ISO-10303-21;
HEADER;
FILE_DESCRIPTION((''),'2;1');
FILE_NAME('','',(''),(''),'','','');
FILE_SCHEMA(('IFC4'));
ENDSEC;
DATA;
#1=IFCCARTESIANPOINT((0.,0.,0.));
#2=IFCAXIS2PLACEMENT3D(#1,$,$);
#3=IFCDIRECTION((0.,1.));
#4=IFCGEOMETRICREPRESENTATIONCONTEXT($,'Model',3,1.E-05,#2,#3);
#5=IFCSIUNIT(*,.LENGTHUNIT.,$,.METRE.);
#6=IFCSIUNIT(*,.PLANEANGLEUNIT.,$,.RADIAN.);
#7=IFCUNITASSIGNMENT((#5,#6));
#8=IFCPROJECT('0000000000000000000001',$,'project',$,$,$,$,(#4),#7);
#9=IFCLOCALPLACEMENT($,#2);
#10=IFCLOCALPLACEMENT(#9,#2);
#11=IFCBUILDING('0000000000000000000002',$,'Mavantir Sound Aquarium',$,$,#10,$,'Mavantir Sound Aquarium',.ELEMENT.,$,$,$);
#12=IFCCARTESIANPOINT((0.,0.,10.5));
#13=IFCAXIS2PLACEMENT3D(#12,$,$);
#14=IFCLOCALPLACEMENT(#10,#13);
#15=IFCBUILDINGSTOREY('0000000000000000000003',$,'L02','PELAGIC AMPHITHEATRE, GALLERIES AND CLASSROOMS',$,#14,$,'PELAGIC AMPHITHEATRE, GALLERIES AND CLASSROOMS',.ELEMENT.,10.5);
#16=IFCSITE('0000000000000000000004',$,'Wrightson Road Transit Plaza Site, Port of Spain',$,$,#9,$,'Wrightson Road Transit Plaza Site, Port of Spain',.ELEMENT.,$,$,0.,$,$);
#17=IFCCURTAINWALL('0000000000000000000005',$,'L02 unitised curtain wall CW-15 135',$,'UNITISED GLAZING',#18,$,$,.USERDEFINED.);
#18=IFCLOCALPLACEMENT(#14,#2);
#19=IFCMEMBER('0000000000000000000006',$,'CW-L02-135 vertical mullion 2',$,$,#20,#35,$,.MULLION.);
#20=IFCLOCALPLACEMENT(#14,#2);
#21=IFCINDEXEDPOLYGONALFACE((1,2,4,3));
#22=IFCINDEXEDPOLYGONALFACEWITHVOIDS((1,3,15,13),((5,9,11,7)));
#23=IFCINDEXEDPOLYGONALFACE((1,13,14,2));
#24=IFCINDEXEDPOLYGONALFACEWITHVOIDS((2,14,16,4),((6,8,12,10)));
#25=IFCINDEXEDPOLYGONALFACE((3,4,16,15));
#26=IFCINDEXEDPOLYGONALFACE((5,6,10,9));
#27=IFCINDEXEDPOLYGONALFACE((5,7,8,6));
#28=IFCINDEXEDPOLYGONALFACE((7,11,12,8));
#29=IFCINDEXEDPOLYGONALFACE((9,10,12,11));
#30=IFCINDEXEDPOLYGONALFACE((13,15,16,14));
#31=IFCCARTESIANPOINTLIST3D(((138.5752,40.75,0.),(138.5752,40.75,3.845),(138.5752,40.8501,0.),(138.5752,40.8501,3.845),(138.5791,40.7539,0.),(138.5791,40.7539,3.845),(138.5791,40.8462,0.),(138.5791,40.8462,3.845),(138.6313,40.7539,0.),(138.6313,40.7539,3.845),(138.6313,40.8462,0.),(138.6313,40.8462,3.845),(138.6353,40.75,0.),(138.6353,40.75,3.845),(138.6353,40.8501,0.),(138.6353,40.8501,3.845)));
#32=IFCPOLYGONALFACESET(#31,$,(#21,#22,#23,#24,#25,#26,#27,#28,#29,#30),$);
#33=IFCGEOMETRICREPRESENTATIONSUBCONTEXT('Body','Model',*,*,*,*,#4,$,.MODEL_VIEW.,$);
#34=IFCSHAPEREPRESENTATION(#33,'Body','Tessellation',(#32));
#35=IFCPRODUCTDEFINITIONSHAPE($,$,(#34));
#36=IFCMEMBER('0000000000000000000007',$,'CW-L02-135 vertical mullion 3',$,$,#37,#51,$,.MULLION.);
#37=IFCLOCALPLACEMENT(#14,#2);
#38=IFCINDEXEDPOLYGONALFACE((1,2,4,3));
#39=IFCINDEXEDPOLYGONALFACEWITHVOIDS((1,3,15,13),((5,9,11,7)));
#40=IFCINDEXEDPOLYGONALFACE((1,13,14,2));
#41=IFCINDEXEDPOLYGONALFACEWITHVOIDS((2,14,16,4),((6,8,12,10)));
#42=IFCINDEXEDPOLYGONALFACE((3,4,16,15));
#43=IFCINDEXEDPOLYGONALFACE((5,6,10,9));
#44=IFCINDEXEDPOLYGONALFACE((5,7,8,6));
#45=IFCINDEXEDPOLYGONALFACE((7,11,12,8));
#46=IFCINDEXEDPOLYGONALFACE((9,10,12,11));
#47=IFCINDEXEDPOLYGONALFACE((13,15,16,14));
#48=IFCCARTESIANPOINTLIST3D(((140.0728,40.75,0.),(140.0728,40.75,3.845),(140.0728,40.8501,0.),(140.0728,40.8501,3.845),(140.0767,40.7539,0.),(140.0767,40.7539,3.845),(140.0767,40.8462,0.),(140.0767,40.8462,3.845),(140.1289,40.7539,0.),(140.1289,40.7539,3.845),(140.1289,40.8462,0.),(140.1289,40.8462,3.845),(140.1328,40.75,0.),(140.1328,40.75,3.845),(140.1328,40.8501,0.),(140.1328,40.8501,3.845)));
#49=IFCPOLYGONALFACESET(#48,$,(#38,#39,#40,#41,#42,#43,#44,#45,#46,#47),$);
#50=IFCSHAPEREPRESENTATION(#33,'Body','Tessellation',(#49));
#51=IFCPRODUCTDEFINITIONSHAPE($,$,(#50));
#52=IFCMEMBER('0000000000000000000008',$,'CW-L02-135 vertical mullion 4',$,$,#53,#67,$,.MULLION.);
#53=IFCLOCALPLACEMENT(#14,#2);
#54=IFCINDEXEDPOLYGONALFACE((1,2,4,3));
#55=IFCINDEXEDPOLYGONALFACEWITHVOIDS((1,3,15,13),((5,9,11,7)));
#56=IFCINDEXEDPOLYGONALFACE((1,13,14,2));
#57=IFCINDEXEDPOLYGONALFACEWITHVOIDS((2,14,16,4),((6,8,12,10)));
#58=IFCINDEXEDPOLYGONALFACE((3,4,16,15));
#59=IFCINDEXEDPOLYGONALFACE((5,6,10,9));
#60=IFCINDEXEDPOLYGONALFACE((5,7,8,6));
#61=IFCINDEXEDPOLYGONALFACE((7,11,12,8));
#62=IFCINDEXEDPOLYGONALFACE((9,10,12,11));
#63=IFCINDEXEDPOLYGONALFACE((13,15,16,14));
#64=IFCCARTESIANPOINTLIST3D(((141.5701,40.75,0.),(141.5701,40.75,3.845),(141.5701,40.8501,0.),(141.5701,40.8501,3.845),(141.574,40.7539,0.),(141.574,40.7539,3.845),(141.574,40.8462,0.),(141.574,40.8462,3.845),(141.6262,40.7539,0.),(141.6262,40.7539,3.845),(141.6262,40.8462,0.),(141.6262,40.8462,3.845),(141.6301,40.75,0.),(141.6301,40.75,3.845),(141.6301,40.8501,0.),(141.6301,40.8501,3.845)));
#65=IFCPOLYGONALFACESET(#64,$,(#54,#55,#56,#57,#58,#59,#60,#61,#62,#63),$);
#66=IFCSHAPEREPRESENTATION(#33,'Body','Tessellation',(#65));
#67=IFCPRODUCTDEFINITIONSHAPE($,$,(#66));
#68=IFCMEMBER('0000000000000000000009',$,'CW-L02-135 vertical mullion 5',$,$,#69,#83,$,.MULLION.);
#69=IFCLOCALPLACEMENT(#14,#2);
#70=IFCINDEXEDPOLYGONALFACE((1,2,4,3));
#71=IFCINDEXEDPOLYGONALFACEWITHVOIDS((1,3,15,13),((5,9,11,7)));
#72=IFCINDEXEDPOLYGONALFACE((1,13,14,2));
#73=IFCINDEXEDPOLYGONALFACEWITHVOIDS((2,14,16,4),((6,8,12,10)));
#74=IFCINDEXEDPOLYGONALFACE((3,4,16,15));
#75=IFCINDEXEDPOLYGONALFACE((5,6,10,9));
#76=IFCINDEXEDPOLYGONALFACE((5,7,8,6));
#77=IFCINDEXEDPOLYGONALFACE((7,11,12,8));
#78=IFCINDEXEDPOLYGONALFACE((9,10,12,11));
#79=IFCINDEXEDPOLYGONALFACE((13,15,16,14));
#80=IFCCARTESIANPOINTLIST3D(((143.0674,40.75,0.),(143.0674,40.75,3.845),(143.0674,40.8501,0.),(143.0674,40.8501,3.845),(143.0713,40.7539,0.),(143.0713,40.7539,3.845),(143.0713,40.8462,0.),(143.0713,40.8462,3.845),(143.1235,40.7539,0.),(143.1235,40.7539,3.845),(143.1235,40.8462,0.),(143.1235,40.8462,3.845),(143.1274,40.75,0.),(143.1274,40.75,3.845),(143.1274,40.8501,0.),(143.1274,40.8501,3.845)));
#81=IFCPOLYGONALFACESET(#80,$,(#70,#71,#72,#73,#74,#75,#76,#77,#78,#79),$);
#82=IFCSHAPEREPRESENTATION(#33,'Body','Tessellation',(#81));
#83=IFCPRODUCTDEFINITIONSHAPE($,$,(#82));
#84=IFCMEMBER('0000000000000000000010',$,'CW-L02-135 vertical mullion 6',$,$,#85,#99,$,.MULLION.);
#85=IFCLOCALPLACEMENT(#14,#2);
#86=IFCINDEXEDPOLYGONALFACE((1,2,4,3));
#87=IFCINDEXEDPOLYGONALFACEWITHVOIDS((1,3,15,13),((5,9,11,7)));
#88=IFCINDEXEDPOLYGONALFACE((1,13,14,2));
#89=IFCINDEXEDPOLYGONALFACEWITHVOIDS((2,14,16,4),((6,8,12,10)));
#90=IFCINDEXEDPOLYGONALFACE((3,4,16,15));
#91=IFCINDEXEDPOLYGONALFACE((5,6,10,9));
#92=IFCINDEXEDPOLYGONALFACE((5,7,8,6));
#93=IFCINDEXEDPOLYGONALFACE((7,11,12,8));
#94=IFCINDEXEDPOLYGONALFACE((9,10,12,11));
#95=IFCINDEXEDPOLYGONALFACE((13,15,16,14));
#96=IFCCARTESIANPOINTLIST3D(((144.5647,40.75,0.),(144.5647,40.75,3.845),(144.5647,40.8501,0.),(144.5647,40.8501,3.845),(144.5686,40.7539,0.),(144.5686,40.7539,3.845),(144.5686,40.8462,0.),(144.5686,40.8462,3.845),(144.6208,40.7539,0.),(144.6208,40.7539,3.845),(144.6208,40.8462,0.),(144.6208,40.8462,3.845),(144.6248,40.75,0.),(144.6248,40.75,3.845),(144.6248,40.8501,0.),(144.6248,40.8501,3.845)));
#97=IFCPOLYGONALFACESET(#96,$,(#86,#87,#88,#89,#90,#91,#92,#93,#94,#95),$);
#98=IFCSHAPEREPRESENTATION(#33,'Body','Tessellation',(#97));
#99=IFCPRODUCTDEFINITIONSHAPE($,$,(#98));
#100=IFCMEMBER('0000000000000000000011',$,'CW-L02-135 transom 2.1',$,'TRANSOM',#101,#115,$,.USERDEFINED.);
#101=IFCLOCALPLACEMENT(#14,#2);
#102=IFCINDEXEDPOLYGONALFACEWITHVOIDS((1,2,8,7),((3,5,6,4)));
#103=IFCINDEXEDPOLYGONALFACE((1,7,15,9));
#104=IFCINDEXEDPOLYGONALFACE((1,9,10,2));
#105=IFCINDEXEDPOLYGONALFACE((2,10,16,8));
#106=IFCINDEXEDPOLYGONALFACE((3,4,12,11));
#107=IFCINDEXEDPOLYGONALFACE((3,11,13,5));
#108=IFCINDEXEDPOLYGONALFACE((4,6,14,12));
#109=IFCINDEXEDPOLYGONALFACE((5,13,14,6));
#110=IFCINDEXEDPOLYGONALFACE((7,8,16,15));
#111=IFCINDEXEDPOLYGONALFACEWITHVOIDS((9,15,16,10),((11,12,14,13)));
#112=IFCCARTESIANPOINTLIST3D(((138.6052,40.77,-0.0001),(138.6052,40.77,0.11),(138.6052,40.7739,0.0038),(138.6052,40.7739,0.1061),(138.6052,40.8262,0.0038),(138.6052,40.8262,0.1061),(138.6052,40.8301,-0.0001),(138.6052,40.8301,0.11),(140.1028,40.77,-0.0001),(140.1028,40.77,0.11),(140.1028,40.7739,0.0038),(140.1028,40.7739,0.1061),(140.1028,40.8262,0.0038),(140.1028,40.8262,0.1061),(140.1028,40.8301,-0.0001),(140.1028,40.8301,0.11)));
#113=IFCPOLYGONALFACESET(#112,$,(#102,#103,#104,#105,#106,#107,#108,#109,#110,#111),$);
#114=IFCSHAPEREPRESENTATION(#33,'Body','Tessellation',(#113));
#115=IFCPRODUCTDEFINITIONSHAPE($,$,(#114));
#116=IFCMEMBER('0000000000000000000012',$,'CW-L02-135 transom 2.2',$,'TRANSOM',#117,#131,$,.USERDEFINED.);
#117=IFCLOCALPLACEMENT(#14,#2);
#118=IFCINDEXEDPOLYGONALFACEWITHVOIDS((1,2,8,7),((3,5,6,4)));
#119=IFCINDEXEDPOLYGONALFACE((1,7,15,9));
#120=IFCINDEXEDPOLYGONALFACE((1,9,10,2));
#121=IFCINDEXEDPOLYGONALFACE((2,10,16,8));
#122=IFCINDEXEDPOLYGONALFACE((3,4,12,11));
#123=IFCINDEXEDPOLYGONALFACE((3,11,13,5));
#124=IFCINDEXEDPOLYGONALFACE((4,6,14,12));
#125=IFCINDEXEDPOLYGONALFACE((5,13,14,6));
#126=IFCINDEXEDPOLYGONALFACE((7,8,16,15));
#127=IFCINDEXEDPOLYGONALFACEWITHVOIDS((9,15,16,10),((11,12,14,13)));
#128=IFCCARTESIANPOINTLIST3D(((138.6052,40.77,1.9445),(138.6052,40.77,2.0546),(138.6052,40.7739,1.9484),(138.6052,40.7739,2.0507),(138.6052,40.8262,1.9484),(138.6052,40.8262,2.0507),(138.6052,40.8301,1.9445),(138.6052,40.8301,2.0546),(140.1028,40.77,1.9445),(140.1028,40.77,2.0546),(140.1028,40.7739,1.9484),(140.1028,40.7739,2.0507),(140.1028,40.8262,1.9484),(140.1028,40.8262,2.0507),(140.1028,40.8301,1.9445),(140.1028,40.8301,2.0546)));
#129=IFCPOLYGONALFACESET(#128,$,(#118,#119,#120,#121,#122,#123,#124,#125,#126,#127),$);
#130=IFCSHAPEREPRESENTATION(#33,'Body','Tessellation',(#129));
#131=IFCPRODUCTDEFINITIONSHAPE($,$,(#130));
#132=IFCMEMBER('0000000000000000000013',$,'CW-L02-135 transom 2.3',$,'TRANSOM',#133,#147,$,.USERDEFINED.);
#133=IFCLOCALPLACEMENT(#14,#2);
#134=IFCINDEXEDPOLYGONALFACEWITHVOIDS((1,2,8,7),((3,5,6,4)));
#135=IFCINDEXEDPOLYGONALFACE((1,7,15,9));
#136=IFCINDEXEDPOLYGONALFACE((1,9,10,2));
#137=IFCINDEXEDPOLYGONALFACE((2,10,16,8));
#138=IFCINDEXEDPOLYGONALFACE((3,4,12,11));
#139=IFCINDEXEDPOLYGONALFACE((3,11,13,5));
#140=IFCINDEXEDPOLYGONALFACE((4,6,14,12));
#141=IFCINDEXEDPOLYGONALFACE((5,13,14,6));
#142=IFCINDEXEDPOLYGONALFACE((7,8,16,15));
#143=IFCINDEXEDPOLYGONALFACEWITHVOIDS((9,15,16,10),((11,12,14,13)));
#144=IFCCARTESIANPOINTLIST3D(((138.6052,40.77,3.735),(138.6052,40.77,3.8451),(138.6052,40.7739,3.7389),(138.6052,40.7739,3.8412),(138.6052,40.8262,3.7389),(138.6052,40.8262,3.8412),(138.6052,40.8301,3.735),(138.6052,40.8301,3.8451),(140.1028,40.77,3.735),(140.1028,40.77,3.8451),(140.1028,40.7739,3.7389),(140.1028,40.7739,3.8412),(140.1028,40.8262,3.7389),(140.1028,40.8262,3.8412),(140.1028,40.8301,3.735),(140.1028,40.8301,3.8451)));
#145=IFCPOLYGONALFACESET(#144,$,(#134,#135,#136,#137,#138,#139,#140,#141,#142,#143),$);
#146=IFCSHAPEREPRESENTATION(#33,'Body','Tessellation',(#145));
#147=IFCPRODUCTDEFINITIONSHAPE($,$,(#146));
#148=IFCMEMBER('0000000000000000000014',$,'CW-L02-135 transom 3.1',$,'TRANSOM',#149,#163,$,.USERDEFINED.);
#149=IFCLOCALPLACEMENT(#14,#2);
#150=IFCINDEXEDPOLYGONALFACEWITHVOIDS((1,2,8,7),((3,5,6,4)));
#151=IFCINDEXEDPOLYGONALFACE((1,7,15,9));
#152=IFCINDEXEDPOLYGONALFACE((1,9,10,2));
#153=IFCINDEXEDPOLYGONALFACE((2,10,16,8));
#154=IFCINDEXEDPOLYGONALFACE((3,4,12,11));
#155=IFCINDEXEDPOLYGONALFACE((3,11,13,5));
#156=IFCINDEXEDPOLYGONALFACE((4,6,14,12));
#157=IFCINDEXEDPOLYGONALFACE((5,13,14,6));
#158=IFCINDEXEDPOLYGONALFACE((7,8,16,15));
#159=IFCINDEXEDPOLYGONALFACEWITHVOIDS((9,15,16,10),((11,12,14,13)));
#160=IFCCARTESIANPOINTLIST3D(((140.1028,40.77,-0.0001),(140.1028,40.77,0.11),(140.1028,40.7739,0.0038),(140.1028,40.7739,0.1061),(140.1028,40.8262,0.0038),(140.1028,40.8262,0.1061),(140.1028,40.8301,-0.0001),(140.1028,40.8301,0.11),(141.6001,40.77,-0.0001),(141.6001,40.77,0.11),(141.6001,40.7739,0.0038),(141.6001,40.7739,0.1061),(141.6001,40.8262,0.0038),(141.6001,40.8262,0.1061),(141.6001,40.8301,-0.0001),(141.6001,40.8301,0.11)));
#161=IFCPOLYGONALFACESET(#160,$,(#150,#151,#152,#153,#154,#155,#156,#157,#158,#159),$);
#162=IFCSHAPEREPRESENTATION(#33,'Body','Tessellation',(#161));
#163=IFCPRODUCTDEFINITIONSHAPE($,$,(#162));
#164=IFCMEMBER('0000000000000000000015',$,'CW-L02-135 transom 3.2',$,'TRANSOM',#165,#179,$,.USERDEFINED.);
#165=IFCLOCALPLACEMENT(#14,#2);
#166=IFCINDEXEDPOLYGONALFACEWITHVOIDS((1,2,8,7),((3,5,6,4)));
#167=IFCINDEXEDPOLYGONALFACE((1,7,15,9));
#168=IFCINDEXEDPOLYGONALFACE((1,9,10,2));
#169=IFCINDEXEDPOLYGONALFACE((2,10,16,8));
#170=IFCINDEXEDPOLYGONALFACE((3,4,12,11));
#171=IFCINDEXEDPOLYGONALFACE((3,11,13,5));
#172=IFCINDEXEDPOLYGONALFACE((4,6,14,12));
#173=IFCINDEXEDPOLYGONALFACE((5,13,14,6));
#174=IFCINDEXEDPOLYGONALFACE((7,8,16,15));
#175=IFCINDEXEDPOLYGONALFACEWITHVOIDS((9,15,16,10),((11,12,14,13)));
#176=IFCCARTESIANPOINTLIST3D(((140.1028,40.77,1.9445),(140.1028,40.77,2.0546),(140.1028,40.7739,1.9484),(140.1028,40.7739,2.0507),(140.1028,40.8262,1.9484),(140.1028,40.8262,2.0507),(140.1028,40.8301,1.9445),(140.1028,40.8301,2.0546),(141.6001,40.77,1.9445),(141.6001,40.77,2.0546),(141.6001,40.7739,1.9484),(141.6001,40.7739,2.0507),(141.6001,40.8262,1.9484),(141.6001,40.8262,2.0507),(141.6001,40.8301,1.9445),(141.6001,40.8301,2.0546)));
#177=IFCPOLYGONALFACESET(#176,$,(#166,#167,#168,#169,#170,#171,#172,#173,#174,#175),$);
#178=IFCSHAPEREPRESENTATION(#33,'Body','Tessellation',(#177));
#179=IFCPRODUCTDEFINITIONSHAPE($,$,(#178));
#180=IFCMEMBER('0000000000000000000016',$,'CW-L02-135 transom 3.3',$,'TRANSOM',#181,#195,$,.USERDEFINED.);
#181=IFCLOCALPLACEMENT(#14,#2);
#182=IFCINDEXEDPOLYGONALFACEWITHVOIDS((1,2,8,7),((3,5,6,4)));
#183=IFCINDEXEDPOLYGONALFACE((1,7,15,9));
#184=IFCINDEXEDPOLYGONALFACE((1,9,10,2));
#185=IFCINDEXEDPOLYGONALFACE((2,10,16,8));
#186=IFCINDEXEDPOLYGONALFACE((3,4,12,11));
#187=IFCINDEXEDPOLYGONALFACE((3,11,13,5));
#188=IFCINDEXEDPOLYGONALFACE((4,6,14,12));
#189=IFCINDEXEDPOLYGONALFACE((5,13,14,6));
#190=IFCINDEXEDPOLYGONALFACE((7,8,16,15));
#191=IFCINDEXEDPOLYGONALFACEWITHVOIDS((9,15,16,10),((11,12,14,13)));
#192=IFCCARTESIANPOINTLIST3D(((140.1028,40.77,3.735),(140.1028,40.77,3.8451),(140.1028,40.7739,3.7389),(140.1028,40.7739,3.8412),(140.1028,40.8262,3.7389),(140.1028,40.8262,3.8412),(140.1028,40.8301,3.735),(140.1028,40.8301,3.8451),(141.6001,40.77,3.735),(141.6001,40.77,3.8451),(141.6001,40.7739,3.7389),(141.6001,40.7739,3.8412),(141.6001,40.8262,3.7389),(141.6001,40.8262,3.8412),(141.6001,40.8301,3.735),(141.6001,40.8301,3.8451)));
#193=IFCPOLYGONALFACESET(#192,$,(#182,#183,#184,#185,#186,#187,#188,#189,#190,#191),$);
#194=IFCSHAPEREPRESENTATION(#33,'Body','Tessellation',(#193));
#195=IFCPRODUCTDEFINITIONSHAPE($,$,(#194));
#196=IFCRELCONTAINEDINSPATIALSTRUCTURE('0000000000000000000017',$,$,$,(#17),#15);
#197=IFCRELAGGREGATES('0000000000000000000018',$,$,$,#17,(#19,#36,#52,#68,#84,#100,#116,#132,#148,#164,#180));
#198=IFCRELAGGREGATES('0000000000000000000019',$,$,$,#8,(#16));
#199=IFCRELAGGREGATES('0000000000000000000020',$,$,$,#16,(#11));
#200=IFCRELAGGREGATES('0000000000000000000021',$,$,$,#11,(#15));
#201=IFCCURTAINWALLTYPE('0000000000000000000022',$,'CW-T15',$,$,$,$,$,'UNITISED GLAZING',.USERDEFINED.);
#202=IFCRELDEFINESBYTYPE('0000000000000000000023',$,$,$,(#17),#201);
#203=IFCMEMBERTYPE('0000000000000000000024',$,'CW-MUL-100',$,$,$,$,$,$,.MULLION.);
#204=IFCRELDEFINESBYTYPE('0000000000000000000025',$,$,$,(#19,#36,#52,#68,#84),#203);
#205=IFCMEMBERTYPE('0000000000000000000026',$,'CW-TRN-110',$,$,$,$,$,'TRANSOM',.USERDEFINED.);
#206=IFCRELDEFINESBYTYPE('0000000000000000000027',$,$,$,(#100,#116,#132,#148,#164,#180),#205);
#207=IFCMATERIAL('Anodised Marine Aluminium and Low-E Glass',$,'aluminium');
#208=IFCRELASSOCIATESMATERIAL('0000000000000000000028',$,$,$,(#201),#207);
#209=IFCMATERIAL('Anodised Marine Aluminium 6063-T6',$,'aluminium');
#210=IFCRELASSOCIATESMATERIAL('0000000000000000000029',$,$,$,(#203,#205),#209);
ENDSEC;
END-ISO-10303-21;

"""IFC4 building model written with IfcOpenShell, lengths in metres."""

from ifc_helpers import new_model, si_unit, direction, frame, origin, origin_2d, place, context, subcontext, project, spatial, hollow_rectangle, extrude, material, material_profile, profile_set, type_object, element, aggregate, save


model = new_model("IFC4")

# Units and contexts
model_context = context("Model", 3, precision=1e-05, world=origin(), true_north=direction((0.0, 1.0)))
body_context = subcontext(model_context, "Body", "Model", "MODEL_VIEW")
ifc_project = project(units=[si_unit("LENGTHUNIT", "METRE"), si_unit("PLANEANGLEUNIT", "RADIAN")], contexts=[model_context])

# Site, building, storey
site_placement = place(None, origin())
site = spatial("IfcSite", under=ifc_project, at=site_placement, Name="Wrightson Road Transit Plaza Site, Port of Spain", LongName="Wrightson Road Transit Plaza Site, Port of Spain", CompositionType="ELEMENT", RefElevation=0.0)
building_placement = place(site_placement, origin())
building = spatial("IfcBuilding", under=site, at=building_placement, Name="Mavantir Sound Aquarium", LongName="Mavantir Sound Aquarium", CompositionType="ELEMENT")
storey_placement = place(building_placement, frame((0.0, 0.0, 10.5)))
storey = spatial("IfcBuildingStorey", under=building, at=storey_placement, Name="L02", Description="PELAGIC AMPHITHEATRE, GALLERIES AND CLASSROOMS", LongName="PELAGIC AMPHITHEATRE, GALLERIES AND CLASSROOMS", CompositionType="ELEMENT", Elevation=10.5)

# Curtain wall, members
ifc_material_1 = material(Name="Anodised Marine Aluminium and Low-E Glass", Category="aluminium")
curtain_wall_type = type_object("IfcCurtainWallType", Name="CW-T15", ElementType="UNITISED GLAZING", PredefinedType="USERDEFINED", material=ifc_material_1)
curtain_wall_placement = place(storey_placement, origin())
curtain_wall = element("IfcCurtainWall", 1, at=curtain_wall_placement, inside=storey, type_object=curtain_wall_type, Name="L02 unitised curtain wall CW-15 135", ObjectType="UNITISED GLAZING", PredefinedType="USERDEFINED")
ifc_material_2 = material(Name="Anodised Marine Aluminium 6063-T6", Category="aluminium")
ifc_material_profile_1 = material_profile(ifc_material_2, hollow_rectangle(XDim=0.0601, YDim=0.1001, WallThickness=0.0039, at=origin_2d()), Name="ALU-MULLION-100X60")
ifc_profile_set_1 = profile_set([ifc_material_profile_1], Name="Anodised Marine Aluminium 6063-T6")
member_type_1 = type_object("IfcMemberType", Name="CW-MUL-100", PredefinedType="MULLION", material=ifc_profile_set_1)
member_1_placement = place(storey_placement, frame((138.6052, 40.8, 0.0), z_axis=(0.0, 0.0, 1.0), x_axis=(1.0, 0.0, 0.0)))
member_1 = element("IfcMember", 2, at=member_1_placement, type_object=member_type_1, Name="CW-L02-135 vertical mullion 2", PredefinedType="MULLION", context=body_context, shape_type="SweptSolid", body=[
    extrude(hollow_rectangle(XDim=0.0601, YDim=0.1001, WallThickness=0.0039, at=origin_2d()), origin(), (0.0, 0.0, 1.0), 3.845),
])
member_2_placement = place(storey_placement, frame((140.1028, 40.8, 0.0), z_axis=(0.0, 0.0, 1.0), x_axis=(1.0, 0.0, 0.0)))
member_2 = element("IfcMember", 3, at=member_2_placement, type_object=member_type_1, Name="CW-L02-135 vertical mullion 3", PredefinedType="MULLION", context=body_context, shape_type="SweptSolid", body=[
    extrude(hollow_rectangle(XDim=0.0601, YDim=0.1001, WallThickness=0.0039, at=origin_2d()), origin(), (0.0, 0.0, 1.0), 3.845),
])
member_3_placement = place(storey_placement, frame((141.6001, 40.8, 0.0), z_axis=(0.0, 0.0, 1.0), x_axis=(1.0, 0.0, 0.0)))
member_3 = element("IfcMember", 4, at=member_3_placement, type_object=member_type_1, Name="CW-L02-135 vertical mullion 4", PredefinedType="MULLION", context=body_context, shape_type="SweptSolid", body=[
    extrude(hollow_rectangle(XDim=0.0601, YDim=0.1001, WallThickness=0.0039, at=origin_2d()), origin(), (0.0, 0.0, 1.0), 3.845),
])
member_4_placement = place(storey_placement, frame((143.0974, 40.8, 0.0), z_axis=(0.0, 0.0, 1.0), x_axis=(1.0, 0.0, 0.0)))
member_4 = element("IfcMember", 5, at=member_4_placement, type_object=member_type_1, Name="CW-L02-135 vertical mullion 5", PredefinedType="MULLION", context=body_context, shape_type="SweptSolid", body=[
    extrude(hollow_rectangle(XDim=0.0601, YDim=0.1001, WallThickness=0.0039, at=origin_2d()), origin(), (0.0, 0.0, 1.0), 3.845),
])
member_5_placement = place(storey_placement, frame((144.5947, 40.8, 0.0), z_axis=(0.0, 0.0, 1.0), x_axis=(1.0, 0.0, 0.0)))
member_5 = element("IfcMember", 6, at=member_5_placement, type_object=member_type_1, Name="CW-L02-135 vertical mullion 6", PredefinedType="MULLION", context=body_context, shape_type="SweptSolid", body=[
    extrude(hollow_rectangle(XDim=0.0601, YDim=0.1001, WallThickness=0.0039, at=origin_2d()), origin(), (0.0, 0.0, 1.0), 3.845),
])
ifc_material_profile_2 = material_profile(ifc_material_2, hollow_rectangle(XDim=0.0601, YDim=0.1101, WallThickness=0.0039, at=origin_2d()), Name="ALU-TRANSOM-110X60")
ifc_profile_set_2 = profile_set([ifc_material_profile_2], Name="Anodised Marine Aluminium 6063-T6")
member_type_2 = type_object("IfcMemberType", Name="CW-TRN-110", ElementType="TRANSOM", PredefinedType="USERDEFINED", material=ifc_profile_set_2)
member_6_placement = place(storey_placement, frame((138.6052, 40.8, 0.0549), z_axis=(1.0, 0.0, 0.0), x_axis=(0.0, 1.0, 0.0)))
member_6 = element("IfcMember", 7, at=member_6_placement, type_object=member_type_2, Name="CW-L02-135 transom 2.1", ObjectType="TRANSOM", PredefinedType="USERDEFINED", context=body_context, shape_type="SweptSolid", body=[
    extrude(hollow_rectangle(XDim=0.0601, YDim=0.1101, WallThickness=0.0039, at=origin_2d()), origin(), (0.0, 0.0, 1.0), 1.4976),
])
member_7_placement = place(storey_placement, frame((138.6052, 40.8, 1.9995), z_axis=(1.0, 0.0, 0.0), x_axis=(0.0, 1.0, 0.0)))
member_7 = element("IfcMember", 8, at=member_7_placement, type_object=member_type_2, Name="CW-L02-135 transom 2.2", ObjectType="TRANSOM", PredefinedType="USERDEFINED", context=body_context, shape_type="SweptSolid", body=[
    extrude(hollow_rectangle(XDim=0.0601, YDim=0.1101, WallThickness=0.0039, at=origin_2d()), origin(), (0.0, 0.0, 1.0), 1.4976),
])
member_8_placement = place(storey_placement, frame((138.6052, 40.8, 3.79), z_axis=(1.0, 0.0, 0.0), x_axis=(0.0, 1.0, 0.0)))
member_8 = element("IfcMember", 9, at=member_8_placement, type_object=member_type_2, Name="CW-L02-135 transom 2.3", ObjectType="TRANSOM", PredefinedType="USERDEFINED", context=body_context, shape_type="SweptSolid", body=[
    extrude(hollow_rectangle(XDim=0.0601, YDim=0.1101, WallThickness=0.0039, at=origin_2d()), origin(), (0.0, 0.0, 1.0), 1.4976),
])
member_9_placement = place(storey_placement, frame((140.1028, 40.8, 0.0549), z_axis=(1.0, 0.0, 0.0), x_axis=(0.0, 1.0, 0.0)))
member_9 = element("IfcMember", 10, at=member_9_placement, type_object=member_type_2, Name="CW-L02-135 transom 3.1", ObjectType="TRANSOM", PredefinedType="USERDEFINED", context=body_context, shape_type="SweptSolid", body=[
    extrude(hollow_rectangle(XDim=0.0601, YDim=0.1101, WallThickness=0.0039, at=origin_2d()), origin(), (0.0, 0.0, 1.0), 1.4973),
])
member_10_placement = place(storey_placement, frame((140.1028, 40.8, 1.9995), z_axis=(1.0, 0.0, 0.0), x_axis=(0.0, 1.0, 0.0)))
member_10 = element("IfcMember", 11, at=member_10_placement, type_object=member_type_2, Name="CW-L02-135 transom 3.2", ObjectType="TRANSOM", PredefinedType="USERDEFINED", context=body_context, shape_type="SweptSolid", body=[
    extrude(hollow_rectangle(XDim=0.0601, YDim=0.1101, WallThickness=0.0039, at=origin_2d()), origin(), (0.0, 0.0, 1.0), 1.4973),
])
member_11_placement = place(storey_placement, frame((140.1028, 40.8, 3.79), z_axis=(1.0, 0.0, 0.0), x_axis=(0.0, 1.0, 0.0)))
member_11 = element("IfcMember", 12, at=member_11_placement, type_object=member_type_2, Name="CW-L02-135 transom 3.3", ObjectType="TRANSOM", PredefinedType="USERDEFINED", context=body_context, shape_type="SweptSolid", body=[
    extrude(hollow_rectangle(XDim=0.0601, YDim=0.1101, WallThickness=0.0039, at=origin_2d()), origin(), (0.0, 0.0, 1.0), 1.4973),
])
aggregate(curtain_wall, [member_1, member_2, member_3, member_4, member_5, member_6, member_7, member_8, member_9, member_10, member_11])

save(model, "model.ifc")
